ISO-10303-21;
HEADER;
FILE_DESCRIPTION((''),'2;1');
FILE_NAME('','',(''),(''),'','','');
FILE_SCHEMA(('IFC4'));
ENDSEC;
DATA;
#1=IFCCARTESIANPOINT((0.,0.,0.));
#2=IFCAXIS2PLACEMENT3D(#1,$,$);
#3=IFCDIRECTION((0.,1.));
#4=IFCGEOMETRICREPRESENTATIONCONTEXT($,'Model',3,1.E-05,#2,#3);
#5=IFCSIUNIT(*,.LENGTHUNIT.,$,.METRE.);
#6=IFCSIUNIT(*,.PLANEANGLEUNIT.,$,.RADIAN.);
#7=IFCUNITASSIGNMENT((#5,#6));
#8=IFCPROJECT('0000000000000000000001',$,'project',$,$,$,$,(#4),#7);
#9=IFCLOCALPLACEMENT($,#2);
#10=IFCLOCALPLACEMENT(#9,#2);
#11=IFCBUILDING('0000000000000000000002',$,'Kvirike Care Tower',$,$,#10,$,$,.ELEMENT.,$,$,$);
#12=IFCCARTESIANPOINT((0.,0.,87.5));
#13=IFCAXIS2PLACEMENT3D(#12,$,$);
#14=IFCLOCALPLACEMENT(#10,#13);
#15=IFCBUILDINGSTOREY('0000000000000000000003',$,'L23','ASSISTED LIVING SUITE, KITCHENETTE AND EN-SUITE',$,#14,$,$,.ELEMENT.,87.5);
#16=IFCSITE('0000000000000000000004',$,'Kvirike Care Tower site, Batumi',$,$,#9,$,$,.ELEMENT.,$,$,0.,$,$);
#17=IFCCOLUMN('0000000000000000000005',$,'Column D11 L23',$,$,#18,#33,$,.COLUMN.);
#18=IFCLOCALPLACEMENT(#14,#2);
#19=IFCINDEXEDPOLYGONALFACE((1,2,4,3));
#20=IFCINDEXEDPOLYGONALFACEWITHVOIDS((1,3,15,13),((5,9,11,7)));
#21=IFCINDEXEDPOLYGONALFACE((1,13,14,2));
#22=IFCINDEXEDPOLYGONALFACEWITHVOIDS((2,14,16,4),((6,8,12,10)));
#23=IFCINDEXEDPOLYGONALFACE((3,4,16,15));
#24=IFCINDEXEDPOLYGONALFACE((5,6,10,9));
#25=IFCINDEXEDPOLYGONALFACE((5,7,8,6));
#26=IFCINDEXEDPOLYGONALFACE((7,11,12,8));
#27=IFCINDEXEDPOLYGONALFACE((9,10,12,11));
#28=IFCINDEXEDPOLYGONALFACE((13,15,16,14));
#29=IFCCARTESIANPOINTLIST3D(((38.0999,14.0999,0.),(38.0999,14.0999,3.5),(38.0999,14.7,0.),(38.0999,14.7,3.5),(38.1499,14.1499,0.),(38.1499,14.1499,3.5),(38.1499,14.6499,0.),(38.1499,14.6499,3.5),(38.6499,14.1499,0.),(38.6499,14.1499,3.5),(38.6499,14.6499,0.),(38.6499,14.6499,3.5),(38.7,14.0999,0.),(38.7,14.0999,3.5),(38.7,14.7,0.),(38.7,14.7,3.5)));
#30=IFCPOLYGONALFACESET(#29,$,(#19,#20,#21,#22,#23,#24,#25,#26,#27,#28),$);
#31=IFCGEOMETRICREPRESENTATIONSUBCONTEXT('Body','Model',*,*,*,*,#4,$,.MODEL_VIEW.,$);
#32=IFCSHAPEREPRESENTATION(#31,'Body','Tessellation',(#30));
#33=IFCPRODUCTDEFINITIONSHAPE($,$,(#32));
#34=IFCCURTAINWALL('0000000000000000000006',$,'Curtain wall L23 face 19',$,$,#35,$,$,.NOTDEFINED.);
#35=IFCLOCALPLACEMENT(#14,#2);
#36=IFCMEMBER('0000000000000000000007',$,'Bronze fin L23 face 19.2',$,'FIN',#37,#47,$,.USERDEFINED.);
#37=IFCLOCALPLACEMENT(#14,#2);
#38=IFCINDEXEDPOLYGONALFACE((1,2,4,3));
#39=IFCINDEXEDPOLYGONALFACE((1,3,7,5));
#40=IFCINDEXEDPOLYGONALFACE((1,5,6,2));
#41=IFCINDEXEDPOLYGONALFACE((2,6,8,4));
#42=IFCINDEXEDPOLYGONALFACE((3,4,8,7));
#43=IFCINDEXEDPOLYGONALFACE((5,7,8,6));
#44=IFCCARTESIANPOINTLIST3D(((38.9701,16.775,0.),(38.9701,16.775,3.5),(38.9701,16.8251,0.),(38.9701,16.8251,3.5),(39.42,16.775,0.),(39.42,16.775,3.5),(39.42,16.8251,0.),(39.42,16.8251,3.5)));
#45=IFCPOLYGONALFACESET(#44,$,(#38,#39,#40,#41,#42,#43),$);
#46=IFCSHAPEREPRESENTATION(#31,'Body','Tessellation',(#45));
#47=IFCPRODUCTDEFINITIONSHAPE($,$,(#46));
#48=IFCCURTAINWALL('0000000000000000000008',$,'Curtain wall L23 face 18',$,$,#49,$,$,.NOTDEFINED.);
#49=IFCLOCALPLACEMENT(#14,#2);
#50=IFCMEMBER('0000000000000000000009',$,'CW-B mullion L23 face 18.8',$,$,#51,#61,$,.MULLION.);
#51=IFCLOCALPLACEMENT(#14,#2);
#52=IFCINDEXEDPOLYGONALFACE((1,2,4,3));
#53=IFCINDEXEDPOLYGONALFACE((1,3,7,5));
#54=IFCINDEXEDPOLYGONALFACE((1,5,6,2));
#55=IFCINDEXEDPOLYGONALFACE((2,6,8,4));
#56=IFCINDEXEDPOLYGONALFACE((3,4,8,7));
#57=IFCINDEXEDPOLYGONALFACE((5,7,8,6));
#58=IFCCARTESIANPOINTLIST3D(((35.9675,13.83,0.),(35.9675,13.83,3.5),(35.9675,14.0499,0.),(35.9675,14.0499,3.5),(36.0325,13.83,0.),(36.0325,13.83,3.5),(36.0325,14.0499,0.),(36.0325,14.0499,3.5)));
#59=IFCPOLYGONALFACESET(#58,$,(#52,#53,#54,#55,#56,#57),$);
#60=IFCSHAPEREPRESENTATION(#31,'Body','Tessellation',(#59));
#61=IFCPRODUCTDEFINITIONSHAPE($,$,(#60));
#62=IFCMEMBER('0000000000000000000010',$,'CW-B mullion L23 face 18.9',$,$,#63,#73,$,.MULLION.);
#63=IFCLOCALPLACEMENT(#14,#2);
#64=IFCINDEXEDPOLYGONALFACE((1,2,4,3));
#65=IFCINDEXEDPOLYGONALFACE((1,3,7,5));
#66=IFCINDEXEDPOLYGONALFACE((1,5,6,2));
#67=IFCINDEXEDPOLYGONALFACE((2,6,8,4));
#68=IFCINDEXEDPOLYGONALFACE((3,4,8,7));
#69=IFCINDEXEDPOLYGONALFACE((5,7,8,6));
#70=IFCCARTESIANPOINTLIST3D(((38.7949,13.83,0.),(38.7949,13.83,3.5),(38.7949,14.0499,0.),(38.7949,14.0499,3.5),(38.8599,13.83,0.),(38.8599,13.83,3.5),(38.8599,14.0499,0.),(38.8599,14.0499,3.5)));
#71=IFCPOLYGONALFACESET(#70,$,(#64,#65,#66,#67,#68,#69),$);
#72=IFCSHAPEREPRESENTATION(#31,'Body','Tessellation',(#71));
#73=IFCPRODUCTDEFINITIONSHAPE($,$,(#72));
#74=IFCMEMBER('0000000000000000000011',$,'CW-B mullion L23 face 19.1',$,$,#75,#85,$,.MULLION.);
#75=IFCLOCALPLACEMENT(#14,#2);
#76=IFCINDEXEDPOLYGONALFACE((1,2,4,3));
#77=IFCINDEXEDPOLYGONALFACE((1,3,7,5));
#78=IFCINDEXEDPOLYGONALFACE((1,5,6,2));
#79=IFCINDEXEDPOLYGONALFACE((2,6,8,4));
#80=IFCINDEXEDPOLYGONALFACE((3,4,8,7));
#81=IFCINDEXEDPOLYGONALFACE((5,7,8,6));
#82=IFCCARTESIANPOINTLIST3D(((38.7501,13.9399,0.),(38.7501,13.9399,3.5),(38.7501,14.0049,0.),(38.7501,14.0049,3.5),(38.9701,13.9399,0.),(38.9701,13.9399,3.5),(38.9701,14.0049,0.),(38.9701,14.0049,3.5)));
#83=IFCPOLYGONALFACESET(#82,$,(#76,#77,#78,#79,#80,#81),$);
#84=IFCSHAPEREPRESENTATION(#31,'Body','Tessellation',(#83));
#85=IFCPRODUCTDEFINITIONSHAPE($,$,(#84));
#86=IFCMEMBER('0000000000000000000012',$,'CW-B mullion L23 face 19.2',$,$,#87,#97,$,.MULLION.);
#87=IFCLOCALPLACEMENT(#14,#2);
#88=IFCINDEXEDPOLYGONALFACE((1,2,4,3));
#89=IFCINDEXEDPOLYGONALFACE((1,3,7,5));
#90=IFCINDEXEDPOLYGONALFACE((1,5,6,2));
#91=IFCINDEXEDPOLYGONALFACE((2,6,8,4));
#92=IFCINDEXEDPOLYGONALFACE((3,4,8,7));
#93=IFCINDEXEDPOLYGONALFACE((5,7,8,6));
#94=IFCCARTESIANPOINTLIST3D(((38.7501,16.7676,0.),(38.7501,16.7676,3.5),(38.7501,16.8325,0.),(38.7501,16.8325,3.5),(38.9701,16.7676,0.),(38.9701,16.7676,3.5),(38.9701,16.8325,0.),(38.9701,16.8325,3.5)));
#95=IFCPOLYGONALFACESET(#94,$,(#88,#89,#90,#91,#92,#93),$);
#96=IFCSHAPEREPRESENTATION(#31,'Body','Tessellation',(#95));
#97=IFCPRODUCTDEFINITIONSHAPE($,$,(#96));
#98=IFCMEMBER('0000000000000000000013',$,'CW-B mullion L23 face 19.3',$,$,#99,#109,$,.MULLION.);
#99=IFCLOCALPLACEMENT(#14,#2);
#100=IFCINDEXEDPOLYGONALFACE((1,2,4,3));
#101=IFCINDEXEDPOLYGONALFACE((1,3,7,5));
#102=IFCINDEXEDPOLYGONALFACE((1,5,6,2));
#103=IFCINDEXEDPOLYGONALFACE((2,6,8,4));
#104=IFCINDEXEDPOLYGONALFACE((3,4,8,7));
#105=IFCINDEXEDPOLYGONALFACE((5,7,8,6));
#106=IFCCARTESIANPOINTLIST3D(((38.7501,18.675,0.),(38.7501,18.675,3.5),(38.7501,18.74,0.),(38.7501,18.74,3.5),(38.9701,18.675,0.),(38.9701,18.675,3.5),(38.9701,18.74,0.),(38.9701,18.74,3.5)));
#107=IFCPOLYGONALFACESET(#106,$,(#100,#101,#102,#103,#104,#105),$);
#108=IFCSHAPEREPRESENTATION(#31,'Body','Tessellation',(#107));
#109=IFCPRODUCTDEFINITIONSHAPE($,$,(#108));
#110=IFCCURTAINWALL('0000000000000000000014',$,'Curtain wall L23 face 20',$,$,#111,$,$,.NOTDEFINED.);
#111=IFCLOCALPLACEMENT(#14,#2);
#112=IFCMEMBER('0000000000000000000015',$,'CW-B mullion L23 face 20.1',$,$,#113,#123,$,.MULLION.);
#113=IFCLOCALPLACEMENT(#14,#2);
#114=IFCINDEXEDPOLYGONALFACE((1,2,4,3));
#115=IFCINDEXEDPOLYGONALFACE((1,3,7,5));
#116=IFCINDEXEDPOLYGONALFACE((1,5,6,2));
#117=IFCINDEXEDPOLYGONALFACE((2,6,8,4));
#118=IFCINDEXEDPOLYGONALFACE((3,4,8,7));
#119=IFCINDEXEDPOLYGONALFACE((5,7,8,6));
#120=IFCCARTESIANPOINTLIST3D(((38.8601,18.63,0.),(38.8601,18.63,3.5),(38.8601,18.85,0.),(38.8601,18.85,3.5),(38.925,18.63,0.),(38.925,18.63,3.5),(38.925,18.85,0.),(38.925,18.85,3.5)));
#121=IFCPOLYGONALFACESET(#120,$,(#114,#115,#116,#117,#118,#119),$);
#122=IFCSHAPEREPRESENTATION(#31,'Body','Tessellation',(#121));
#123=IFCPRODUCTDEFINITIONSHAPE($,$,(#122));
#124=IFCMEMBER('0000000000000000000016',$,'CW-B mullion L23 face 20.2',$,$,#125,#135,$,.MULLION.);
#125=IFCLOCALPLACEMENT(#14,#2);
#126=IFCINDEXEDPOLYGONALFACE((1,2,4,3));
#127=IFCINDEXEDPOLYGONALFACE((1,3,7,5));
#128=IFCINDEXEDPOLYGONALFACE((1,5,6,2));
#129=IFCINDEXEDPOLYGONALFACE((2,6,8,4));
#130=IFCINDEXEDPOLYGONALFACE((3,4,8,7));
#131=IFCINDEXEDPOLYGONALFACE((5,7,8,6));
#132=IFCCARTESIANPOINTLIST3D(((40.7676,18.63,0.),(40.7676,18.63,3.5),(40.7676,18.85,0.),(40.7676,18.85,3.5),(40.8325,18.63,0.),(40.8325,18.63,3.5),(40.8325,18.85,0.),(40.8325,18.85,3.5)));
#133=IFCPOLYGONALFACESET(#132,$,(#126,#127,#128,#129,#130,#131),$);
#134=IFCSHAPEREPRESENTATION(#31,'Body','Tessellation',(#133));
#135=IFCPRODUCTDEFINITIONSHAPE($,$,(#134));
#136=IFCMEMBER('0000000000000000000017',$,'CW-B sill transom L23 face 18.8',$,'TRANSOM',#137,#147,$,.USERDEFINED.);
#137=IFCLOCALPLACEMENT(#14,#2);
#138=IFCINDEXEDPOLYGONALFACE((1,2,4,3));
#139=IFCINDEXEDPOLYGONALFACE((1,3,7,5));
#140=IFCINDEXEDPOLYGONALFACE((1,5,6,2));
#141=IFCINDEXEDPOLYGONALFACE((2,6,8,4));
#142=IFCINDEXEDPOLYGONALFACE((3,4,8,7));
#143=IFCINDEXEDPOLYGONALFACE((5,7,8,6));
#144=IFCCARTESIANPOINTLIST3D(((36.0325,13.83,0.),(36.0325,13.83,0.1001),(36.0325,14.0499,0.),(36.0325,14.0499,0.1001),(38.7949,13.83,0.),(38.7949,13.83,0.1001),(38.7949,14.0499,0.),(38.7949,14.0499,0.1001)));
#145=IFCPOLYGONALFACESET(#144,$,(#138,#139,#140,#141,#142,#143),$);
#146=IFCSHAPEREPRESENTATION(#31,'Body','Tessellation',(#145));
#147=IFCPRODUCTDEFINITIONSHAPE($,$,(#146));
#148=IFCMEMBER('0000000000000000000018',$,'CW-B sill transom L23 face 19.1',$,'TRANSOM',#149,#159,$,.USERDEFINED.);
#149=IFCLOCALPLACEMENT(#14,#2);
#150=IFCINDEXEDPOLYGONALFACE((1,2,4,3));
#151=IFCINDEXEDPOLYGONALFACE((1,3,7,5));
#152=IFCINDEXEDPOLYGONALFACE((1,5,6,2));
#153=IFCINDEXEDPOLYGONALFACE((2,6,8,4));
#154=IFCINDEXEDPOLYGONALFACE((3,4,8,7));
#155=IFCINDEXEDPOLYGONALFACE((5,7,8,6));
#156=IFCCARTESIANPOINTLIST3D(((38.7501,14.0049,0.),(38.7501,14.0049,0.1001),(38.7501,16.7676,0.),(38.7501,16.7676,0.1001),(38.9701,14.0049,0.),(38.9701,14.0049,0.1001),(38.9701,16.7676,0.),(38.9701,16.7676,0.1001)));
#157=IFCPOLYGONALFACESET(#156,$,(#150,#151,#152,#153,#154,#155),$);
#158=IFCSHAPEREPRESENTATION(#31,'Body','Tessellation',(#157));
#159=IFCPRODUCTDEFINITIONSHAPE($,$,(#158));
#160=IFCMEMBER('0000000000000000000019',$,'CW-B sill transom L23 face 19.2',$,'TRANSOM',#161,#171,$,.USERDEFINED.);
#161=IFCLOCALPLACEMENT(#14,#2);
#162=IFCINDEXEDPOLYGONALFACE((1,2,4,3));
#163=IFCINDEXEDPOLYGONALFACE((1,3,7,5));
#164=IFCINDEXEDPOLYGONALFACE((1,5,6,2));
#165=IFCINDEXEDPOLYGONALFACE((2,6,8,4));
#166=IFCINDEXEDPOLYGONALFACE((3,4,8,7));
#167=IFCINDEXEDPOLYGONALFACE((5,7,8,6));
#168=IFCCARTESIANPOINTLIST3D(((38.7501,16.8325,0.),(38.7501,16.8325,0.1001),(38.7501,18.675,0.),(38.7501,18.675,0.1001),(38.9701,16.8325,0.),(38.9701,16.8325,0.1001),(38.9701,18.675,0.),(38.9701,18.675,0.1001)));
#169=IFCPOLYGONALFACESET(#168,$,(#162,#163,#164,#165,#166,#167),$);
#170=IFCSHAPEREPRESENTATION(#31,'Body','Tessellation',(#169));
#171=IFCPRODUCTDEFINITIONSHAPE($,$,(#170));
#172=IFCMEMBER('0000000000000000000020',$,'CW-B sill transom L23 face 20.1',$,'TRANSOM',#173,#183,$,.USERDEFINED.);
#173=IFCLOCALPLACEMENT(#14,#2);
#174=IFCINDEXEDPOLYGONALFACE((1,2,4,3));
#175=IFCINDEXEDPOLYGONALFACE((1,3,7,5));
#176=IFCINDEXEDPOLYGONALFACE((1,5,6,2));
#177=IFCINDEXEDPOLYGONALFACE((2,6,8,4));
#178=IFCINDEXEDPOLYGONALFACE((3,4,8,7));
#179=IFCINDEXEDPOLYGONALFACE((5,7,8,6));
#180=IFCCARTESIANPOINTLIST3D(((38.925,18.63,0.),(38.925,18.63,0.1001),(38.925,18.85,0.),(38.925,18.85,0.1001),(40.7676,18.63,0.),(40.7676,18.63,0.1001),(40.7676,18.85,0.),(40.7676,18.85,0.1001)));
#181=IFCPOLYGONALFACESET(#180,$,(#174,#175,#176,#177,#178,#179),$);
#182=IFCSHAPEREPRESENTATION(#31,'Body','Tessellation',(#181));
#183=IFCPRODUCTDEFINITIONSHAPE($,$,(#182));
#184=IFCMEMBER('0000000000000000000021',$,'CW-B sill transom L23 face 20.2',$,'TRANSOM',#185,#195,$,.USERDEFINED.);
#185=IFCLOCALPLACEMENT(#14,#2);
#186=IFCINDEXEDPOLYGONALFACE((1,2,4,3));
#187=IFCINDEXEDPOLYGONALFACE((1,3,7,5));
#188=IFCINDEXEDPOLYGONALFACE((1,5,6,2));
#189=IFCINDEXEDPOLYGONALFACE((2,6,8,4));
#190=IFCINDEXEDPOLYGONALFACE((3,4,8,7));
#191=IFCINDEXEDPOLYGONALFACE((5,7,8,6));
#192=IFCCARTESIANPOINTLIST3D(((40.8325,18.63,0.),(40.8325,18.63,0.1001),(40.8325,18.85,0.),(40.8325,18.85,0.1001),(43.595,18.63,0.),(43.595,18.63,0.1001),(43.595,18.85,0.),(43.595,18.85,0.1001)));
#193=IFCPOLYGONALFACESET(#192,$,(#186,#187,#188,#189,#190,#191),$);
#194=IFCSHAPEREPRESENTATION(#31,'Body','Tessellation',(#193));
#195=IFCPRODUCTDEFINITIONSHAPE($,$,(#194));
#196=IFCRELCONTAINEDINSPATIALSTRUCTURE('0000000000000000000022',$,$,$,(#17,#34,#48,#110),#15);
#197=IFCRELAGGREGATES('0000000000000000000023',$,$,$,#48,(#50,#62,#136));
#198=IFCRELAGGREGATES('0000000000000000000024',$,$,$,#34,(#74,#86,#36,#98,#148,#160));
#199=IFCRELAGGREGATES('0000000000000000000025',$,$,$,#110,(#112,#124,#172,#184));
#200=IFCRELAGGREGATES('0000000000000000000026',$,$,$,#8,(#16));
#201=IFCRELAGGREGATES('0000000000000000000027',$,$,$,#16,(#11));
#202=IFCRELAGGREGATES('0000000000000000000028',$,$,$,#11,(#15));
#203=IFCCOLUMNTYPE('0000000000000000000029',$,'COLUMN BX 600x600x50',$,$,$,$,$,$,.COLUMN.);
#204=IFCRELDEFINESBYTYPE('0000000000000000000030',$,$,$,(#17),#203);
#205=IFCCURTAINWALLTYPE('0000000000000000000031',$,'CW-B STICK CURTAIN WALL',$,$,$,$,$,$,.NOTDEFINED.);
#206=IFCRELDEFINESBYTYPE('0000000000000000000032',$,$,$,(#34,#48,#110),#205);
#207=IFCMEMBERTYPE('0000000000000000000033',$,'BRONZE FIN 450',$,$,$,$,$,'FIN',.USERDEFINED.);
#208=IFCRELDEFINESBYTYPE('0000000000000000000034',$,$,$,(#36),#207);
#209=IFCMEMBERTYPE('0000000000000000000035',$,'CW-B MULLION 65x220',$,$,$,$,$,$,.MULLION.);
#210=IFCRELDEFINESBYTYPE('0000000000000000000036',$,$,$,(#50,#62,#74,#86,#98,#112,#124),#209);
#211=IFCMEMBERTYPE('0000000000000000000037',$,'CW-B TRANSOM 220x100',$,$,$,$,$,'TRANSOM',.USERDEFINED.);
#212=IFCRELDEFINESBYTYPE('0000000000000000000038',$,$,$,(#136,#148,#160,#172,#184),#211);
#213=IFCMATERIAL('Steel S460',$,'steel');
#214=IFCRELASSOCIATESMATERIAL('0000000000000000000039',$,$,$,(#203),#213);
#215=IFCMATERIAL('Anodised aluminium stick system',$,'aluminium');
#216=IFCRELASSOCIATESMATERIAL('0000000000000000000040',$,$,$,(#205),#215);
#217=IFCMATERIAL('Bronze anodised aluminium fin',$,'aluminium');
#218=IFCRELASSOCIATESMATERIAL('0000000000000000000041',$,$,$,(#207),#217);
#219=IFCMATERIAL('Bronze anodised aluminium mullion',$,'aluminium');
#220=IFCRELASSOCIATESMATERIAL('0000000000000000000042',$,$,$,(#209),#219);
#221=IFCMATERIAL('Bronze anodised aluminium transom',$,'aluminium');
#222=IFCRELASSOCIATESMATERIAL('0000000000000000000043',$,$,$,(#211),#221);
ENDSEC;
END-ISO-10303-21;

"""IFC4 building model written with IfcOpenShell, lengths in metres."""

from ifc_helpers import new_model, si_unit, direction, frame, origin, origin_2d, place, context, subcontext, project, spatial, rectangle, hollow_rectangle, extrude, material, material_profile, profile_set, type_object, element, aggregate, save


model = new_model("IFC4")

# Units and contexts
model_context = context("Model", 3, precision=1e-05, world=origin(), true_north=direction((0.0, 1.0)))
body_context = subcontext(model_context, "Body", "Model", "MODEL_VIEW")
ifc_project = project(units=[si_unit("LENGTHUNIT", "METRE"), si_unit("PLANEANGLEUNIT", "RADIAN")], contexts=[model_context])

# Site, building, storey
site_placement = place(None, origin())
site = spatial("IfcSite", under=ifc_project, at=site_placement, Name="Kvirike Care Tower site, Batumi", CompositionType="ELEMENT", RefElevation=0.0)
building_placement = place(site_placement, origin())
building = spatial("IfcBuilding", under=site, at=building_placement, Name="Kvirike Care Tower", CompositionType="ELEMENT")
storey_placement = place(building_placement, frame((0.0, 0.0, 87.5)))
storey = spatial("IfcBuildingStorey", under=building, at=storey_placement, Name="L23", Description="ASSISTED LIVING SUITE, KITCHENETTE AND EN-SUITE", CompositionType="ELEMENT", Elevation=87.5)

# Column
ifc_material_1 = material(Name="Steel S460", Category="steel")
ifc_material_profile_1 = material_profile(ifc_material_1, hollow_rectangle(XDim=0.6001, YDim=0.6001, WallThickness=0.05, at=origin_2d()), Name="BX 600x600x50")
ifc_profile_set_1 = profile_set([ifc_material_profile_1], Name="Steel S460")
column_type = type_object("IfcColumnType", Name="COLUMN BX 600x600x50", PredefinedType="COLUMN", material=ifc_profile_set_1)
column_placement = place(storey_placement, frame((38.3999, 14.3999, 0.0), z_axis=(0.0, 0.0, 1.0), x_axis=(0.0, 1.0, 0.0)))
element("IfcColumn", 1, at=column_placement, inside=storey, type_object=column_type, Name="Column D11 L23", PredefinedType="COLUMN", context=body_context, shape_type="SweptSolid", body=[
    extrude(hollow_rectangle(XDim=0.6001, YDim=0.6001, WallThickness=0.05, at=origin_2d()), origin(), (0.0, 0.0, 1.0), 3.5),
])

# Curtain wall, member
ifc_material_2 = material(Name="Anodised aluminium stick system", Category="aluminium")
curtain_wall_type = type_object("IfcCurtainWallType", Name="CW-B STICK CURTAIN WALL", PredefinedType="NOTDEFINED", material=ifc_material_2)
curtain_wall_1_placement = place(storey_placement, origin())
curtain_wall_1 = element("IfcCurtainWall", 2, at=curtain_wall_1_placement, inside=storey, type_object=curtain_wall_type, Name="Curtain wall L23 face 19", PredefinedType="NOTDEFINED")
ifc_material_3 = material(Name="Bronze anodised aluminium fin", Category="aluminium")
ifc_material_profile_2 = material_profile(ifc_material_3, rectangle(XDim=0.05, YDim=0.45, at=origin_2d()), Name="BRONZE FIN 450")
ifc_profile_set_2 = profile_set([ifc_material_profile_2], Name="Bronze anodised aluminium fin")
member_type_1 = type_object("IfcMemberType", Name="BRONZE FIN 450", ElementType="FIN", PredefinedType="USERDEFINED", material=ifc_profile_set_2)
member_1_placement = place(storey_placement, frame((39.1951, 16.8, 0.0), z_axis=(0.0, 0.0, 1.0), x_axis=(0.0, 1.0, 0.0)))
member_1 = element("IfcMember", 3, at=member_1_placement, type_object=member_type_1, Name="Bronze fin L23 face 19.2", ObjectType="FIN", PredefinedType="USERDEFINED", context=body_context, shape_type="SweptSolid", body=[
    extrude(rectangle(XDim=0.05, YDim=0.45, at=origin_2d()), origin(), (0.0, 0.0, 1.0), 3.5),
])

# Curtain wall, members
curtain_wall_2_placement = place(storey_placement, origin())
curtain_wall_2 = element("IfcCurtainWall", 4, at=curtain_wall_2_placement, inside=storey, type_object=curtain_wall_type, Name="Curtain wall L23 face 18", PredefinedType="NOTDEFINED")
ifc_material_4 = material(Name="Bronze anodised aluminium mullion", Category="aluminium")
ifc_material_profile_3 = material_profile(ifc_material_4, rectangle(XDim=0.0649, YDim=0.22, at=origin_2d()), Name="CW-B MULLION 65x220")
ifc_profile_set_3 = profile_set([ifc_material_profile_3], Name="Bronze anodised aluminium mullion")
member_type_2 = type_object("IfcMemberType", Name="CW-B MULLION 65x220", PredefinedType="MULLION", material=ifc_profile_set_3)
member_2_placement = place(storey_placement, frame((36.0, 13.9399, 0.0), z_axis=(0.0, 0.0, 1.0), x_axis=(1.0, 0.0, 0.0)))
member_2 = element("IfcMember", 5, at=member_2_placement, type_object=member_type_2, Name="CW-B mullion L23 face 18.8", PredefinedType="MULLION", context=body_context, shape_type="SweptSolid", body=[
    extrude(rectangle(XDim=0.0649, YDim=0.22, at=origin_2d()), origin(), (0.0, 0.0, 1.0), 3.5),
])
member_3_placement = place(storey_placement, frame((38.8274, 13.9399, 0.0), z_axis=(0.0, 0.0, 1.0), x_axis=(1.0, 0.0, 0.0)))
member_3 = element("IfcMember", 6, at=member_3_placement, type_object=member_type_2, Name="CW-B mullion L23 face 18.9", PredefinedType="MULLION", context=body_context, shape_type="SweptSolid", body=[
    extrude(rectangle(XDim=0.0649, YDim=0.22, at=origin_2d()), origin(), (0.0, 0.0, 1.0), 3.5),
])

# Members
member_4_placement = place(storey_placement, frame((38.8601, 13.9724, 0.0), z_axis=(0.0, 0.0, 1.0), x_axis=(0.0, 1.0, 0.0)))
member_4 = element("IfcMember", 7, at=member_4_placement, type_object=member_type_2, Name="CW-B mullion L23 face 19.1", PredefinedType="MULLION", context=body_context, shape_type="SweptSolid", body=[
    extrude(rectangle(XDim=0.0649, YDim=0.22, at=origin_2d()), origin(), (0.0, 0.0, 1.0), 3.5),
])
member_5_placement = place(storey_placement, frame((38.8601, 16.8, 0.0), z_axis=(0.0, 0.0, 1.0), x_axis=(0.0, 1.0, 0.0)))
member_5 = element("IfcMember", 8, at=member_5_placement, type_object=member_type_2, Name="CW-B mullion L23 face 19.2", PredefinedType="MULLION", context=body_context, shape_type="SweptSolid", body=[
    extrude(rectangle(XDim=0.0649, YDim=0.22, at=origin_2d()), origin(), (0.0, 0.0, 1.0), 3.5),
])
member_6_placement = place(storey_placement, frame((38.8601, 18.7075, 0.0), z_axis=(0.0, 0.0, 1.0), x_axis=(0.0, 1.0, 0.0)))
member_6 = element("IfcMember", 9, at=member_6_placement, type_object=member_type_2, Name="CW-B mullion L23 face 19.3", PredefinedType="MULLION", context=body_context, shape_type="SweptSolid", body=[
    extrude(rectangle(XDim=0.0649, YDim=0.22, at=origin_2d()), origin(), (0.0, 0.0, 1.0), 3.5),
])

# Curtain wall, members
curtain_wall_3_placement = place(storey_placement, origin())
curtain_wall_3 = element("IfcCurtainWall", 10, at=curtain_wall_3_placement, inside=storey, type_object=curtain_wall_type, Name="Curtain wall L23 face 20", PredefinedType="NOTDEFINED")
member_7_placement = place(storey_placement, frame((38.8926, 18.74, 0.0), z_axis=(0.0, 0.0, 1.0), x_axis=(1.0, 0.0, 0.0)))
member_7 = element("IfcMember", 11, at=member_7_placement, type_object=member_type_2, Name="CW-B mullion L23 face 20.1", PredefinedType="MULLION", context=body_context, shape_type="SweptSolid", body=[
    extrude(rectangle(XDim=0.0649, YDim=0.22, at=origin_2d()), origin(), (0.0, 0.0, 1.0), 3.5),
])
member_8_placement = place(storey_placement, frame((40.8, 18.74, 0.0), z_axis=(0.0, 0.0, 1.0), x_axis=(1.0, 0.0, 0.0)))
member_8 = element("IfcMember", 12, at=member_8_placement, type_object=member_type_2, Name="CW-B mullion L23 face 20.2", PredefinedType="MULLION", context=body_context, shape_type="SweptSolid", body=[
    extrude(rectangle(XDim=0.0649, YDim=0.22, at=origin_2d()), origin(), (0.0, 0.0, 1.0), 3.5),
])

# Members
ifc_material_5 = material(Name="Bronze anodised aluminium transom", Category="aluminium")
ifc_material_profile_4 = material_profile(ifc_material_5, rectangle(XDim=0.22, YDim=0.1001, at=origin_2d()), Name="CW-B TRANSOM 220x100")
ifc_profile_set_4 = profile_set([ifc_material_profile_4], Name="Bronze anodised aluminium transom")
member_type_3 = type_object("IfcMemberType", Name="CW-B TRANSOM 220x100", ElementType="TRANSOM", PredefinedType="USERDEFINED", material=ifc_profile_set_4)
member_9_placement = place(storey_placement, frame((36.0325, 13.9399, 0.05), z_axis=(1.0, 0.0, 0.0), x_axis=(0.0, 1.0, 0.0)))
member_9 = element("IfcMember", 13, at=member_9_placement, type_object=member_type_3, Name="CW-B sill transom L23 face 18.8", ObjectType="TRANSOM", PredefinedType="USERDEFINED", context=body_context, shape_type="SweptSolid", body=[
    extrude(rectangle(XDim=0.22, YDim=0.1001, at=origin_2d()), origin(), (0.0, 0.0, 1.0), 2.7625),
])
member_10_placement = place(storey_placement, frame((38.8601, 14.0049, 0.05), z_axis=(0.0, 1.0, 0.0), x_axis=(-1.0, 0.0, 0.0)))
member_10 = element("IfcMember", 14, at=member_10_placement, type_object=member_type_3, Name="CW-B sill transom L23 face 19.1", ObjectType="TRANSOM", PredefinedType="USERDEFINED", context=body_context, shape_type="SweptSolid", body=[
    extrude(rectangle(XDim=0.22, YDim=0.1001, at=origin_2d()), origin(), (0.0, 0.0, 1.0), 2.7627),
])
member_11_placement = place(storey_placement, frame((38.8601, 16.8325, 0.05), z_axis=(0.0, 1.0, 0.0), x_axis=(-1.0, 0.0, 0.0)))
member_11 = element("IfcMember", 15, at=member_11_placement, type_object=member_type_3, Name="CW-B sill transom L23 face 19.2", ObjectType="TRANSOM", PredefinedType="USERDEFINED", context=body_context, shape_type="SweptSolid", body=[
    extrude(rectangle(XDim=0.22, YDim=0.1001, at=origin_2d()), origin(), (0.0, 0.0, 1.0), 1.8425),
])
member_12_placement = place(storey_placement, frame((38.925, 18.74, 0.05), z_axis=(1.0, 0.0, 0.0), x_axis=(0.0, 1.0, 0.0)))
member_12 = element("IfcMember", 16, at=member_12_placement, type_object=member_type_3, Name="CW-B sill transom L23 face 20.1", ObjectType="TRANSOM", PredefinedType="USERDEFINED", context=body_context, shape_type="SweptSolid", body=[
    extrude(rectangle(XDim=0.22, YDim=0.1001, at=origin_2d()), origin(), (0.0, 0.0, 1.0), 1.8425),
])
member_13_placement = place(storey_placement, frame((40.8325, 18.74, 0.05), z_axis=(1.0, 0.0, 0.0), x_axis=(0.0, 1.0, 0.0)))
member_13 = element("IfcMember", 17, at=member_13_placement, type_object=member_type_3, Name="CW-B sill transom L23 face 20.2", ObjectType="TRANSOM", PredefinedType="USERDEFINED", context=body_context, shape_type="SweptSolid", body=[
    extrude(rectangle(XDim=0.22, YDim=0.1001, at=origin_2d()), origin(), (0.0, 0.0, 1.0), 2.7625),
])

aggregate(curtain_wall_2, [member_2, member_3, member_9])
aggregate(curtain_wall_1, [member_4, member_5, member_1, member_6, member_10, member_11])
aggregate(curtain_wall_3, [member_7, member_8, member_12, member_13])

save(model, "model.ifc")
